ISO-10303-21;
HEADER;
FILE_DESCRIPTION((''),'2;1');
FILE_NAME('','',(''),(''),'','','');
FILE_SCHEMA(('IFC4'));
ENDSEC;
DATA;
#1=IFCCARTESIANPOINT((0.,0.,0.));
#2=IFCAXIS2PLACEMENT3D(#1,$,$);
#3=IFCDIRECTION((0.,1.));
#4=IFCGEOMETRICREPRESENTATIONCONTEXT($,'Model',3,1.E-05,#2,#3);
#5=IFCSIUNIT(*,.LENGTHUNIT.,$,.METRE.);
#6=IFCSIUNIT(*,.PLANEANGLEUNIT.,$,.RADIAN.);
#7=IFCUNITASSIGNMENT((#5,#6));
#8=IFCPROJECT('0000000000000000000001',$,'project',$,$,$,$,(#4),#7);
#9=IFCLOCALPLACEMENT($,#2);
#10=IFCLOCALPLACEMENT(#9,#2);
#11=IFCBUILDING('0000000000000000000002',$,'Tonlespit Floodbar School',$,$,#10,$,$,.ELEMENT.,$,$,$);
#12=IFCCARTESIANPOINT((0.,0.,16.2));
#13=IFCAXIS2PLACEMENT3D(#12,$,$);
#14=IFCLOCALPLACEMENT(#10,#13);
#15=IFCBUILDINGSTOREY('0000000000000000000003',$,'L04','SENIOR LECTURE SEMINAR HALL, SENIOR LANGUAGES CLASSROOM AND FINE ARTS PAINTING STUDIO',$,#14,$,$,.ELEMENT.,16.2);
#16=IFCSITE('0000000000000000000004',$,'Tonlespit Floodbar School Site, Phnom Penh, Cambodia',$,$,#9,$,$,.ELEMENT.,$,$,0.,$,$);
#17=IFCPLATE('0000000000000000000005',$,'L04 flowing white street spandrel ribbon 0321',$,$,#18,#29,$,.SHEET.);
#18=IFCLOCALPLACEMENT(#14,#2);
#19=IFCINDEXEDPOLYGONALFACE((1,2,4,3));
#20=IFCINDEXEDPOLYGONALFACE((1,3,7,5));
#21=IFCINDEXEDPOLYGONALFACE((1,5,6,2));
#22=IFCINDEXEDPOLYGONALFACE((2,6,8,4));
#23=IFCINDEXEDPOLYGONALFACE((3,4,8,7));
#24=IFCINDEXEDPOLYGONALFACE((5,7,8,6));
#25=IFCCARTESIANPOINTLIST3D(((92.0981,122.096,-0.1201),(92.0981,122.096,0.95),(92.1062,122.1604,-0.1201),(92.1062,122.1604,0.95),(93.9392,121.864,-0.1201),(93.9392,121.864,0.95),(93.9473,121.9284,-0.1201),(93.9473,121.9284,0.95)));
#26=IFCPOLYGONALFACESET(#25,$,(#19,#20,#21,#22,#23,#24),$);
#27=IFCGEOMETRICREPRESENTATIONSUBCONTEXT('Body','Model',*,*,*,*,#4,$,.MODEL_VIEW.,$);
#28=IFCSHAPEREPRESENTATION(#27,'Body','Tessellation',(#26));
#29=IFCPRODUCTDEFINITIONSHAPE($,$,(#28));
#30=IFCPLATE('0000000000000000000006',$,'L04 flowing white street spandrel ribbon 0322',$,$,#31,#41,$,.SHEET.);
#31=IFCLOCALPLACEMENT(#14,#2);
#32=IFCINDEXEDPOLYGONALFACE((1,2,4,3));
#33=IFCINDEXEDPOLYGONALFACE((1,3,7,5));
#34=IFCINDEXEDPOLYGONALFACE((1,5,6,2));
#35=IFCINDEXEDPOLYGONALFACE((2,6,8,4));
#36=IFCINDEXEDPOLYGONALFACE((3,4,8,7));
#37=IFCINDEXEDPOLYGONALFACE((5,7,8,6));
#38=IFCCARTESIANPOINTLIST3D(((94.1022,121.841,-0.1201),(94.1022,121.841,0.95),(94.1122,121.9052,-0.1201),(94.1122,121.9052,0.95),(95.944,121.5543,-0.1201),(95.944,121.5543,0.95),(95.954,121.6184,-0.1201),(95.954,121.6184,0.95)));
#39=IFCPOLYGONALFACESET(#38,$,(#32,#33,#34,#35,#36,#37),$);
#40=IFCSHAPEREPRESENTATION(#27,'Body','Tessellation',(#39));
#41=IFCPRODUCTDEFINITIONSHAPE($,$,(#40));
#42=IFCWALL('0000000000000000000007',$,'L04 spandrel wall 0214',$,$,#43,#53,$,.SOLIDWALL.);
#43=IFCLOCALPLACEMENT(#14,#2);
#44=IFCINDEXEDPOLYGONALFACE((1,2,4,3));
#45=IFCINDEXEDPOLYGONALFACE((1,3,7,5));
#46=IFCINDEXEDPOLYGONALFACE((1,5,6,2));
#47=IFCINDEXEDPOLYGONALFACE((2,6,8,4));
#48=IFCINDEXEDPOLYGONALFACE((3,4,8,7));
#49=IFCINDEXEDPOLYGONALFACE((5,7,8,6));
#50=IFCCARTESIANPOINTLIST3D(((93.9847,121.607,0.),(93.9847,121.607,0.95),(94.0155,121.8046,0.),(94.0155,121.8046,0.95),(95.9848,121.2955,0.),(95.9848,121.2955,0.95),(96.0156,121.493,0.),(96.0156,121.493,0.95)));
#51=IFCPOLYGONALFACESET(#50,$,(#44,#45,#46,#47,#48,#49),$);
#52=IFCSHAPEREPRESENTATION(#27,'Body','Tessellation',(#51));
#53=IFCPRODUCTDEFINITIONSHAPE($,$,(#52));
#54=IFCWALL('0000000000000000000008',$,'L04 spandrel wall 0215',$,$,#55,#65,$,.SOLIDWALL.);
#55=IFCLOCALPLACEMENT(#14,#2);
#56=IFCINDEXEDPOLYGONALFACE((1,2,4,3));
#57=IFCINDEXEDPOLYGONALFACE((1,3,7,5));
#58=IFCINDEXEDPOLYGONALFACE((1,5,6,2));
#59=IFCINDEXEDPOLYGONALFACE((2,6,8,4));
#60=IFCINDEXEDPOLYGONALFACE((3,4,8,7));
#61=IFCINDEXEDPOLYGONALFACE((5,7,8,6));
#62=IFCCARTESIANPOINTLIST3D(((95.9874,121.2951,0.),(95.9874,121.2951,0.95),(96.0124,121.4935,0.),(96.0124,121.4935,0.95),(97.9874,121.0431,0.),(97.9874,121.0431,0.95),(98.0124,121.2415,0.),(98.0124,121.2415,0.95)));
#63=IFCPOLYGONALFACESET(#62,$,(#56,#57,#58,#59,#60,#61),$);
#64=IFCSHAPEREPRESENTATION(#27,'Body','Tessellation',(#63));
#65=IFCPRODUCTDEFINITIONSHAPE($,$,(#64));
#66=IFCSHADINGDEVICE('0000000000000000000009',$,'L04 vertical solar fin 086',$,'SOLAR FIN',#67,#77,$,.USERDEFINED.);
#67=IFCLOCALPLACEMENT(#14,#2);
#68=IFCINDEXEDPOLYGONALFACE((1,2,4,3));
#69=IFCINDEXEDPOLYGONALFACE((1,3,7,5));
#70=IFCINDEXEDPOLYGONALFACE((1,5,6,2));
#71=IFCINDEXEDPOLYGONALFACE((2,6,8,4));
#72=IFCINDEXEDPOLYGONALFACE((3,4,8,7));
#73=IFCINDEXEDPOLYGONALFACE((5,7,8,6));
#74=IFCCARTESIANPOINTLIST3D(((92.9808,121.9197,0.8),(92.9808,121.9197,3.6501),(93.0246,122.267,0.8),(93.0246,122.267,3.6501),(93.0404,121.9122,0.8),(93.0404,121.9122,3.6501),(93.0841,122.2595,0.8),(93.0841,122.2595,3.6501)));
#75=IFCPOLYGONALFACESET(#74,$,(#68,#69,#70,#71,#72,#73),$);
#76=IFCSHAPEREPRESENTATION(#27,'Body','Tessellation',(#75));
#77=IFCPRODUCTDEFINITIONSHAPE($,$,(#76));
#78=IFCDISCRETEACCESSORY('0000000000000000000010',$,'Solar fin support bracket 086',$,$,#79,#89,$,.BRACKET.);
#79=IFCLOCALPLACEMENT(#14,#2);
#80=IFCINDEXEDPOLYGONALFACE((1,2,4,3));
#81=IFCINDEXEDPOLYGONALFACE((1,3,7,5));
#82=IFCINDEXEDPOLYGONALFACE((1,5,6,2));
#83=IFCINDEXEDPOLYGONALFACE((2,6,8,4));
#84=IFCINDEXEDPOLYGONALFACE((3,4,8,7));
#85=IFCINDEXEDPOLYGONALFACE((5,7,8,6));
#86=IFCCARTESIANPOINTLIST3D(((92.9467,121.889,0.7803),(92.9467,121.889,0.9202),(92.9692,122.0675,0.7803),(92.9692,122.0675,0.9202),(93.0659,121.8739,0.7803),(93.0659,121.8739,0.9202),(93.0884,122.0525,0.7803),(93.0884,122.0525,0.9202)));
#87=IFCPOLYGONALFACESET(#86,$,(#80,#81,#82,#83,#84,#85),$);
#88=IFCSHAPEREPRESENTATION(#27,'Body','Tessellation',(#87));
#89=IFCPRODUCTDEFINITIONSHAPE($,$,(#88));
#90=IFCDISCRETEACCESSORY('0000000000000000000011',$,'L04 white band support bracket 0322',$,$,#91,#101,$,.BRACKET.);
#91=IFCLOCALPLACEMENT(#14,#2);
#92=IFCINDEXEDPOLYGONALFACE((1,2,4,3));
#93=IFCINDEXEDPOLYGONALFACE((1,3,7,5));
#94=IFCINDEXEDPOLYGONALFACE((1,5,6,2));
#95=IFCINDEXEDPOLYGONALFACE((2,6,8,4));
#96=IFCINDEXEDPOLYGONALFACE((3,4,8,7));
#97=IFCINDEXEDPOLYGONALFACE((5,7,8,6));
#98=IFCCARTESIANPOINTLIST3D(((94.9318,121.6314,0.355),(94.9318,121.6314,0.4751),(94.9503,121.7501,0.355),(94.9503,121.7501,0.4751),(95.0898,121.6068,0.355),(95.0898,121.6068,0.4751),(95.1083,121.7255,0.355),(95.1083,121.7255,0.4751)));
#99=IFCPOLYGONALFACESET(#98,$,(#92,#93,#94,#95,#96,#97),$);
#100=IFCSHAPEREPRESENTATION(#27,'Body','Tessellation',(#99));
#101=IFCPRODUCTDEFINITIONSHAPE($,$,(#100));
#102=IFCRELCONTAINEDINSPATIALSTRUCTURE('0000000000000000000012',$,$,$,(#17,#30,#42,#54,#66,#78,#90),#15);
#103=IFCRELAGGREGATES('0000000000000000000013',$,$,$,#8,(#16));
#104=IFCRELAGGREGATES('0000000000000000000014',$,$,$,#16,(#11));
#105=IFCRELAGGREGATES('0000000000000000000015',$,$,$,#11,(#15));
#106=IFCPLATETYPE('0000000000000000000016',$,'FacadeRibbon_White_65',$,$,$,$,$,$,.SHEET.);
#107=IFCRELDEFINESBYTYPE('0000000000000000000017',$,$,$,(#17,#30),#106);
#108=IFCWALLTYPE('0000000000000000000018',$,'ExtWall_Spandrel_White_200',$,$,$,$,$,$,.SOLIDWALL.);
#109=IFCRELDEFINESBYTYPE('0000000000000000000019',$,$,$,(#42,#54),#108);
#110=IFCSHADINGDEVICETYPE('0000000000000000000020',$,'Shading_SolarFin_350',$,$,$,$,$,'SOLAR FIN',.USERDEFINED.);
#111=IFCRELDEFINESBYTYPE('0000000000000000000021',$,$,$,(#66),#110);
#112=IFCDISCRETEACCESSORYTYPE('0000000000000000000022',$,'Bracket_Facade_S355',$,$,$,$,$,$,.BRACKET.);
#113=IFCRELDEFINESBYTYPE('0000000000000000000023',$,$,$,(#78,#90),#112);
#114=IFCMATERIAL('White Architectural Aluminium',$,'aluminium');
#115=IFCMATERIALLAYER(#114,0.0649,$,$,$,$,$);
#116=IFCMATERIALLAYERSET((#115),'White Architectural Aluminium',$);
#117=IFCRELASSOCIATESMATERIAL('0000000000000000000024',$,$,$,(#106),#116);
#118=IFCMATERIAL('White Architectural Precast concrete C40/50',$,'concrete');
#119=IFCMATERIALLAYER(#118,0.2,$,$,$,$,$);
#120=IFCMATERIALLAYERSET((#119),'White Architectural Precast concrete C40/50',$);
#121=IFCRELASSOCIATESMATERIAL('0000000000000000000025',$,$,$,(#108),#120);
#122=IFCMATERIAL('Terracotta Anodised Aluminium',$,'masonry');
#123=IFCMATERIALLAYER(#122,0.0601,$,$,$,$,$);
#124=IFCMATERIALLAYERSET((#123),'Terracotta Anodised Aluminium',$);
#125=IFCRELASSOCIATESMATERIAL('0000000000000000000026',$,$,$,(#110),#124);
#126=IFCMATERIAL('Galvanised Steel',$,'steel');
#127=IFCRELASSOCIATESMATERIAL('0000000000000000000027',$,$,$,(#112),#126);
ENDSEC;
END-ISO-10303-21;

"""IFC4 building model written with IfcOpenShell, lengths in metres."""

from ifc_helpers import new_model, si_unit, direction, frame, frame_2d, origin, origin_2d, place, context, subcontext, project, spatial, rectangle, extrude, material, layer, layer_set, type_object, element, save


model = new_model("IFC4")

# Units and contexts
model_context = context("Model", 3, precision=1e-05, world=origin(), true_north=direction((0.0, 1.0)))
body_context = subcontext(model_context, "Body", "Model", "MODEL_VIEW")
ifc_project = project(units=[si_unit("LENGTHUNIT", "METRE"), si_unit("PLANEANGLEUNIT", "RADIAN")], contexts=[model_context])

# Site, building, storey
site_placement = place(None, origin())
site = spatial("IfcSite", under=ifc_project, at=site_placement, Name="Tonlespit Floodbar School Site, Phnom Penh, Cambodia", CompositionType="ELEMENT", RefElevation=0.0)
building_placement = place(site_placement, origin())
building = spatial("IfcBuilding", under=site, at=building_placement, Name="Tonlespit Floodbar School", CompositionType="ELEMENT")
storey_placement = place(building_placement, frame((0.0, 0.0, 16.2)))
storey = spatial("IfcBuildingStorey", under=building, at=storey_placement, Name="L04", Description="SENIOR LECTURE SEMINAR HALL, SENIOR LANGUAGES CLASSROOM AND FINE ARTS PAINTING STUDIO", CompositionType="ELEMENT", Elevation=16.2)

# Plates
ifc_material_1 = material(Name="White Architectural Aluminium", Category="aluminium")
ifc_layer_1 = layer(ifc_material_1, 0.0649)
ifc_layer_set_1 = layer_set([ifc_layer_1], Name="White Architectural Aluminium")
plate_type_1 = type_object("IfcPlateType", Name="FacadeRibbon_White_65", PredefinedType="SHEET", material=ifc_layer_set_1)
plate_1_placement = place(storey_placement, frame((93.0227, 122.0122, -0.1201), z_axis=(0.0, 0.0, 1.0), x_axis=(0.992155, -0.125011, 0.0)))
element("IfcPlate", 1, at=plate_1_placement, inside=storey, type_object=plate_type_1, Name="L04 flowing white street spandrel ribbon 0321", PredefinedType="SHEET", context=body_context, shape_type="SweptSolid", body=[
    extrude(rectangle(XDim=1.8557, YDim=0.0649, at=origin_2d()), origin(), (0.0, 0.0, 1.0), 1.0701),
])
plate_2_placement = place(storey_placement, frame((95.0281, 121.7297, -0.1201), z_axis=(0.0, 0.0, 1.0), x_axis=(0.988095, -0.153846, 0.0)))
element("IfcPlate", 2, at=plate_2_placement, inside=storey, type_object=plate_type_1, Name="L04 flowing white street spandrel ribbon 0322", PredefinedType="SHEET", context=body_context, shape_type="SweptSolid", body=[
    extrude(rectangle(XDim=1.864, YDim=0.0649, at=origin_2d()), origin(), (0.0, 0.0, 1.0), 1.0701),
])

# Walls
ifc_material_2 = material(Name="White Architectural Precast concrete C40/50", Category="concrete")
ifc_layer_2 = layer(ifc_material_2, 0.2)
ifc_layer_set_2 = layer_set([ifc_layer_2], Name="White Architectural Precast concrete C40/50")
wall_type = type_object("IfcWallType", Name="ExtWall_Spandrel_White_200", PredefinedType="SOLIDWALL", material=ifc_layer_set_2)
wall_1_placement = place(storey_placement, frame((94.0, 121.7058, 0.0), z_axis=(0.0, 0.0, 1.0), x_axis=(0.988086, -0.153906, 0.0)))
element("IfcWall", 3, at=wall_1_placement, inside=storey, type_object=wall_type, Name="L04 spandrel wall 0214", PredefinedType="SOLIDWALL", context=body_context, shape_type="SweptSolid", body=[
    extrude(rectangle(XDim=2.0242, YDim=0.2, at=frame_2d((1.0122, 0.0))), origin(), (0.0, 0.0, 1.0), 0.95),
])
wall_2_placement = place(storey_placement, frame((96.0, 121.3943, 0.0), z_axis=(0.0, 0.0, 1.0), x_axis=(0.992158, -0.124989, 0.0)))
element("IfcWall", 4, at=wall_2_placement, inside=storey, type_object=wall_type, Name="L04 spandrel wall 0215", PredefinedType="SOLIDWALL", context=body_context, shape_type="SweptSolid", body=[
    extrude(rectangle(XDim=2.0159, YDim=0.2, at=frame_2d((1.0078, 0.0))), origin(), (0.0, 0.0, 1.0), 0.95),
])

# Shading device
ifc_material_3 = material(Name="Terracotta Anodised Aluminium", Category="masonry")
ifc_layer_3 = layer(ifc_material_3, 0.0601)
ifc_layer_set_3 = layer_set([ifc_layer_3], Name="Terracotta Anodised Aluminium")
shading_device_type = type_object("IfcShadingDeviceType", Name="Shading_SolarFin_350", ElementType="SOLAR FIN", PredefinedType="USERDEFINED", material=ifc_layer_set_3)
shading_device_placement = place(storey_placement, frame((93.0325, 122.0896, 0.8), z_axis=(0.0, 0.0, 1.0), x_axis=(0.992155, -0.125011, 0.0)))
element("IfcShadingDevice", 5, at=shading_device_placement, inside=storey, type_object=shading_device_type, Name="L04 vertical solar fin 086", ObjectType="SOLAR FIN", PredefinedType="USERDEFINED", context=body_context, shape_type="SweptSolid", body=[
    extrude(rectangle(XDim=0.0601, YDim=0.3501, at=origin_2d()), origin(), (0.0, 0.0, 1.0), 2.8501),
])

# Discrete accessories
ifc_material_4 = material(Name="Galvanised Steel", Category="steel")
discrete_accessory_type = type_object("IfcDiscreteAccessoryType", Name="Bracket_Facade_S355", PredefinedType="BRACKET", material=ifc_material_4)
discrete_accessory_1_placement = place(storey_placement, frame((93.0176, 121.9707, 0.7803), z_axis=(0.0, 0.0, 1.0), x_axis=(0.992155, -0.125011, 0.0)))
element("IfcDiscreteAccessory", 6, at=discrete_accessory_1_placement, inside=storey, type_object=discrete_accessory_type, Name="Solar fin support bracket 086", PredefinedType="BRACKET", context=body_context, shape_type="SweptSolid", body=[
    extrude(rectangle(XDim=0.1201, YDim=0.1799, at=origin_2d()), origin(), (0.0, 0.0, 1.0), 0.1399),
])
discrete_accessory_2_placement = place(storey_placement, frame((95.02, 121.6785, 0.355), z_axis=(0.0, 0.0, 1.0), x_axis=(0.988095, -0.153846, 0.0)))
element("IfcDiscreteAccessory", 7, at=discrete_accessory_2_placement, inside=storey, type_object=discrete_accessory_type, Name="L04 white band support bracket 0322", PredefinedType="BRACKET", context=body_context, shape_type="SweptSolid", body=[
    extrude(rectangle(XDim=0.1599, YDim=0.1201, at=origin_2d()), origin(), (0.0, 0.0, 1.0), 0.1201),
])

save(model, "model.ifc")
